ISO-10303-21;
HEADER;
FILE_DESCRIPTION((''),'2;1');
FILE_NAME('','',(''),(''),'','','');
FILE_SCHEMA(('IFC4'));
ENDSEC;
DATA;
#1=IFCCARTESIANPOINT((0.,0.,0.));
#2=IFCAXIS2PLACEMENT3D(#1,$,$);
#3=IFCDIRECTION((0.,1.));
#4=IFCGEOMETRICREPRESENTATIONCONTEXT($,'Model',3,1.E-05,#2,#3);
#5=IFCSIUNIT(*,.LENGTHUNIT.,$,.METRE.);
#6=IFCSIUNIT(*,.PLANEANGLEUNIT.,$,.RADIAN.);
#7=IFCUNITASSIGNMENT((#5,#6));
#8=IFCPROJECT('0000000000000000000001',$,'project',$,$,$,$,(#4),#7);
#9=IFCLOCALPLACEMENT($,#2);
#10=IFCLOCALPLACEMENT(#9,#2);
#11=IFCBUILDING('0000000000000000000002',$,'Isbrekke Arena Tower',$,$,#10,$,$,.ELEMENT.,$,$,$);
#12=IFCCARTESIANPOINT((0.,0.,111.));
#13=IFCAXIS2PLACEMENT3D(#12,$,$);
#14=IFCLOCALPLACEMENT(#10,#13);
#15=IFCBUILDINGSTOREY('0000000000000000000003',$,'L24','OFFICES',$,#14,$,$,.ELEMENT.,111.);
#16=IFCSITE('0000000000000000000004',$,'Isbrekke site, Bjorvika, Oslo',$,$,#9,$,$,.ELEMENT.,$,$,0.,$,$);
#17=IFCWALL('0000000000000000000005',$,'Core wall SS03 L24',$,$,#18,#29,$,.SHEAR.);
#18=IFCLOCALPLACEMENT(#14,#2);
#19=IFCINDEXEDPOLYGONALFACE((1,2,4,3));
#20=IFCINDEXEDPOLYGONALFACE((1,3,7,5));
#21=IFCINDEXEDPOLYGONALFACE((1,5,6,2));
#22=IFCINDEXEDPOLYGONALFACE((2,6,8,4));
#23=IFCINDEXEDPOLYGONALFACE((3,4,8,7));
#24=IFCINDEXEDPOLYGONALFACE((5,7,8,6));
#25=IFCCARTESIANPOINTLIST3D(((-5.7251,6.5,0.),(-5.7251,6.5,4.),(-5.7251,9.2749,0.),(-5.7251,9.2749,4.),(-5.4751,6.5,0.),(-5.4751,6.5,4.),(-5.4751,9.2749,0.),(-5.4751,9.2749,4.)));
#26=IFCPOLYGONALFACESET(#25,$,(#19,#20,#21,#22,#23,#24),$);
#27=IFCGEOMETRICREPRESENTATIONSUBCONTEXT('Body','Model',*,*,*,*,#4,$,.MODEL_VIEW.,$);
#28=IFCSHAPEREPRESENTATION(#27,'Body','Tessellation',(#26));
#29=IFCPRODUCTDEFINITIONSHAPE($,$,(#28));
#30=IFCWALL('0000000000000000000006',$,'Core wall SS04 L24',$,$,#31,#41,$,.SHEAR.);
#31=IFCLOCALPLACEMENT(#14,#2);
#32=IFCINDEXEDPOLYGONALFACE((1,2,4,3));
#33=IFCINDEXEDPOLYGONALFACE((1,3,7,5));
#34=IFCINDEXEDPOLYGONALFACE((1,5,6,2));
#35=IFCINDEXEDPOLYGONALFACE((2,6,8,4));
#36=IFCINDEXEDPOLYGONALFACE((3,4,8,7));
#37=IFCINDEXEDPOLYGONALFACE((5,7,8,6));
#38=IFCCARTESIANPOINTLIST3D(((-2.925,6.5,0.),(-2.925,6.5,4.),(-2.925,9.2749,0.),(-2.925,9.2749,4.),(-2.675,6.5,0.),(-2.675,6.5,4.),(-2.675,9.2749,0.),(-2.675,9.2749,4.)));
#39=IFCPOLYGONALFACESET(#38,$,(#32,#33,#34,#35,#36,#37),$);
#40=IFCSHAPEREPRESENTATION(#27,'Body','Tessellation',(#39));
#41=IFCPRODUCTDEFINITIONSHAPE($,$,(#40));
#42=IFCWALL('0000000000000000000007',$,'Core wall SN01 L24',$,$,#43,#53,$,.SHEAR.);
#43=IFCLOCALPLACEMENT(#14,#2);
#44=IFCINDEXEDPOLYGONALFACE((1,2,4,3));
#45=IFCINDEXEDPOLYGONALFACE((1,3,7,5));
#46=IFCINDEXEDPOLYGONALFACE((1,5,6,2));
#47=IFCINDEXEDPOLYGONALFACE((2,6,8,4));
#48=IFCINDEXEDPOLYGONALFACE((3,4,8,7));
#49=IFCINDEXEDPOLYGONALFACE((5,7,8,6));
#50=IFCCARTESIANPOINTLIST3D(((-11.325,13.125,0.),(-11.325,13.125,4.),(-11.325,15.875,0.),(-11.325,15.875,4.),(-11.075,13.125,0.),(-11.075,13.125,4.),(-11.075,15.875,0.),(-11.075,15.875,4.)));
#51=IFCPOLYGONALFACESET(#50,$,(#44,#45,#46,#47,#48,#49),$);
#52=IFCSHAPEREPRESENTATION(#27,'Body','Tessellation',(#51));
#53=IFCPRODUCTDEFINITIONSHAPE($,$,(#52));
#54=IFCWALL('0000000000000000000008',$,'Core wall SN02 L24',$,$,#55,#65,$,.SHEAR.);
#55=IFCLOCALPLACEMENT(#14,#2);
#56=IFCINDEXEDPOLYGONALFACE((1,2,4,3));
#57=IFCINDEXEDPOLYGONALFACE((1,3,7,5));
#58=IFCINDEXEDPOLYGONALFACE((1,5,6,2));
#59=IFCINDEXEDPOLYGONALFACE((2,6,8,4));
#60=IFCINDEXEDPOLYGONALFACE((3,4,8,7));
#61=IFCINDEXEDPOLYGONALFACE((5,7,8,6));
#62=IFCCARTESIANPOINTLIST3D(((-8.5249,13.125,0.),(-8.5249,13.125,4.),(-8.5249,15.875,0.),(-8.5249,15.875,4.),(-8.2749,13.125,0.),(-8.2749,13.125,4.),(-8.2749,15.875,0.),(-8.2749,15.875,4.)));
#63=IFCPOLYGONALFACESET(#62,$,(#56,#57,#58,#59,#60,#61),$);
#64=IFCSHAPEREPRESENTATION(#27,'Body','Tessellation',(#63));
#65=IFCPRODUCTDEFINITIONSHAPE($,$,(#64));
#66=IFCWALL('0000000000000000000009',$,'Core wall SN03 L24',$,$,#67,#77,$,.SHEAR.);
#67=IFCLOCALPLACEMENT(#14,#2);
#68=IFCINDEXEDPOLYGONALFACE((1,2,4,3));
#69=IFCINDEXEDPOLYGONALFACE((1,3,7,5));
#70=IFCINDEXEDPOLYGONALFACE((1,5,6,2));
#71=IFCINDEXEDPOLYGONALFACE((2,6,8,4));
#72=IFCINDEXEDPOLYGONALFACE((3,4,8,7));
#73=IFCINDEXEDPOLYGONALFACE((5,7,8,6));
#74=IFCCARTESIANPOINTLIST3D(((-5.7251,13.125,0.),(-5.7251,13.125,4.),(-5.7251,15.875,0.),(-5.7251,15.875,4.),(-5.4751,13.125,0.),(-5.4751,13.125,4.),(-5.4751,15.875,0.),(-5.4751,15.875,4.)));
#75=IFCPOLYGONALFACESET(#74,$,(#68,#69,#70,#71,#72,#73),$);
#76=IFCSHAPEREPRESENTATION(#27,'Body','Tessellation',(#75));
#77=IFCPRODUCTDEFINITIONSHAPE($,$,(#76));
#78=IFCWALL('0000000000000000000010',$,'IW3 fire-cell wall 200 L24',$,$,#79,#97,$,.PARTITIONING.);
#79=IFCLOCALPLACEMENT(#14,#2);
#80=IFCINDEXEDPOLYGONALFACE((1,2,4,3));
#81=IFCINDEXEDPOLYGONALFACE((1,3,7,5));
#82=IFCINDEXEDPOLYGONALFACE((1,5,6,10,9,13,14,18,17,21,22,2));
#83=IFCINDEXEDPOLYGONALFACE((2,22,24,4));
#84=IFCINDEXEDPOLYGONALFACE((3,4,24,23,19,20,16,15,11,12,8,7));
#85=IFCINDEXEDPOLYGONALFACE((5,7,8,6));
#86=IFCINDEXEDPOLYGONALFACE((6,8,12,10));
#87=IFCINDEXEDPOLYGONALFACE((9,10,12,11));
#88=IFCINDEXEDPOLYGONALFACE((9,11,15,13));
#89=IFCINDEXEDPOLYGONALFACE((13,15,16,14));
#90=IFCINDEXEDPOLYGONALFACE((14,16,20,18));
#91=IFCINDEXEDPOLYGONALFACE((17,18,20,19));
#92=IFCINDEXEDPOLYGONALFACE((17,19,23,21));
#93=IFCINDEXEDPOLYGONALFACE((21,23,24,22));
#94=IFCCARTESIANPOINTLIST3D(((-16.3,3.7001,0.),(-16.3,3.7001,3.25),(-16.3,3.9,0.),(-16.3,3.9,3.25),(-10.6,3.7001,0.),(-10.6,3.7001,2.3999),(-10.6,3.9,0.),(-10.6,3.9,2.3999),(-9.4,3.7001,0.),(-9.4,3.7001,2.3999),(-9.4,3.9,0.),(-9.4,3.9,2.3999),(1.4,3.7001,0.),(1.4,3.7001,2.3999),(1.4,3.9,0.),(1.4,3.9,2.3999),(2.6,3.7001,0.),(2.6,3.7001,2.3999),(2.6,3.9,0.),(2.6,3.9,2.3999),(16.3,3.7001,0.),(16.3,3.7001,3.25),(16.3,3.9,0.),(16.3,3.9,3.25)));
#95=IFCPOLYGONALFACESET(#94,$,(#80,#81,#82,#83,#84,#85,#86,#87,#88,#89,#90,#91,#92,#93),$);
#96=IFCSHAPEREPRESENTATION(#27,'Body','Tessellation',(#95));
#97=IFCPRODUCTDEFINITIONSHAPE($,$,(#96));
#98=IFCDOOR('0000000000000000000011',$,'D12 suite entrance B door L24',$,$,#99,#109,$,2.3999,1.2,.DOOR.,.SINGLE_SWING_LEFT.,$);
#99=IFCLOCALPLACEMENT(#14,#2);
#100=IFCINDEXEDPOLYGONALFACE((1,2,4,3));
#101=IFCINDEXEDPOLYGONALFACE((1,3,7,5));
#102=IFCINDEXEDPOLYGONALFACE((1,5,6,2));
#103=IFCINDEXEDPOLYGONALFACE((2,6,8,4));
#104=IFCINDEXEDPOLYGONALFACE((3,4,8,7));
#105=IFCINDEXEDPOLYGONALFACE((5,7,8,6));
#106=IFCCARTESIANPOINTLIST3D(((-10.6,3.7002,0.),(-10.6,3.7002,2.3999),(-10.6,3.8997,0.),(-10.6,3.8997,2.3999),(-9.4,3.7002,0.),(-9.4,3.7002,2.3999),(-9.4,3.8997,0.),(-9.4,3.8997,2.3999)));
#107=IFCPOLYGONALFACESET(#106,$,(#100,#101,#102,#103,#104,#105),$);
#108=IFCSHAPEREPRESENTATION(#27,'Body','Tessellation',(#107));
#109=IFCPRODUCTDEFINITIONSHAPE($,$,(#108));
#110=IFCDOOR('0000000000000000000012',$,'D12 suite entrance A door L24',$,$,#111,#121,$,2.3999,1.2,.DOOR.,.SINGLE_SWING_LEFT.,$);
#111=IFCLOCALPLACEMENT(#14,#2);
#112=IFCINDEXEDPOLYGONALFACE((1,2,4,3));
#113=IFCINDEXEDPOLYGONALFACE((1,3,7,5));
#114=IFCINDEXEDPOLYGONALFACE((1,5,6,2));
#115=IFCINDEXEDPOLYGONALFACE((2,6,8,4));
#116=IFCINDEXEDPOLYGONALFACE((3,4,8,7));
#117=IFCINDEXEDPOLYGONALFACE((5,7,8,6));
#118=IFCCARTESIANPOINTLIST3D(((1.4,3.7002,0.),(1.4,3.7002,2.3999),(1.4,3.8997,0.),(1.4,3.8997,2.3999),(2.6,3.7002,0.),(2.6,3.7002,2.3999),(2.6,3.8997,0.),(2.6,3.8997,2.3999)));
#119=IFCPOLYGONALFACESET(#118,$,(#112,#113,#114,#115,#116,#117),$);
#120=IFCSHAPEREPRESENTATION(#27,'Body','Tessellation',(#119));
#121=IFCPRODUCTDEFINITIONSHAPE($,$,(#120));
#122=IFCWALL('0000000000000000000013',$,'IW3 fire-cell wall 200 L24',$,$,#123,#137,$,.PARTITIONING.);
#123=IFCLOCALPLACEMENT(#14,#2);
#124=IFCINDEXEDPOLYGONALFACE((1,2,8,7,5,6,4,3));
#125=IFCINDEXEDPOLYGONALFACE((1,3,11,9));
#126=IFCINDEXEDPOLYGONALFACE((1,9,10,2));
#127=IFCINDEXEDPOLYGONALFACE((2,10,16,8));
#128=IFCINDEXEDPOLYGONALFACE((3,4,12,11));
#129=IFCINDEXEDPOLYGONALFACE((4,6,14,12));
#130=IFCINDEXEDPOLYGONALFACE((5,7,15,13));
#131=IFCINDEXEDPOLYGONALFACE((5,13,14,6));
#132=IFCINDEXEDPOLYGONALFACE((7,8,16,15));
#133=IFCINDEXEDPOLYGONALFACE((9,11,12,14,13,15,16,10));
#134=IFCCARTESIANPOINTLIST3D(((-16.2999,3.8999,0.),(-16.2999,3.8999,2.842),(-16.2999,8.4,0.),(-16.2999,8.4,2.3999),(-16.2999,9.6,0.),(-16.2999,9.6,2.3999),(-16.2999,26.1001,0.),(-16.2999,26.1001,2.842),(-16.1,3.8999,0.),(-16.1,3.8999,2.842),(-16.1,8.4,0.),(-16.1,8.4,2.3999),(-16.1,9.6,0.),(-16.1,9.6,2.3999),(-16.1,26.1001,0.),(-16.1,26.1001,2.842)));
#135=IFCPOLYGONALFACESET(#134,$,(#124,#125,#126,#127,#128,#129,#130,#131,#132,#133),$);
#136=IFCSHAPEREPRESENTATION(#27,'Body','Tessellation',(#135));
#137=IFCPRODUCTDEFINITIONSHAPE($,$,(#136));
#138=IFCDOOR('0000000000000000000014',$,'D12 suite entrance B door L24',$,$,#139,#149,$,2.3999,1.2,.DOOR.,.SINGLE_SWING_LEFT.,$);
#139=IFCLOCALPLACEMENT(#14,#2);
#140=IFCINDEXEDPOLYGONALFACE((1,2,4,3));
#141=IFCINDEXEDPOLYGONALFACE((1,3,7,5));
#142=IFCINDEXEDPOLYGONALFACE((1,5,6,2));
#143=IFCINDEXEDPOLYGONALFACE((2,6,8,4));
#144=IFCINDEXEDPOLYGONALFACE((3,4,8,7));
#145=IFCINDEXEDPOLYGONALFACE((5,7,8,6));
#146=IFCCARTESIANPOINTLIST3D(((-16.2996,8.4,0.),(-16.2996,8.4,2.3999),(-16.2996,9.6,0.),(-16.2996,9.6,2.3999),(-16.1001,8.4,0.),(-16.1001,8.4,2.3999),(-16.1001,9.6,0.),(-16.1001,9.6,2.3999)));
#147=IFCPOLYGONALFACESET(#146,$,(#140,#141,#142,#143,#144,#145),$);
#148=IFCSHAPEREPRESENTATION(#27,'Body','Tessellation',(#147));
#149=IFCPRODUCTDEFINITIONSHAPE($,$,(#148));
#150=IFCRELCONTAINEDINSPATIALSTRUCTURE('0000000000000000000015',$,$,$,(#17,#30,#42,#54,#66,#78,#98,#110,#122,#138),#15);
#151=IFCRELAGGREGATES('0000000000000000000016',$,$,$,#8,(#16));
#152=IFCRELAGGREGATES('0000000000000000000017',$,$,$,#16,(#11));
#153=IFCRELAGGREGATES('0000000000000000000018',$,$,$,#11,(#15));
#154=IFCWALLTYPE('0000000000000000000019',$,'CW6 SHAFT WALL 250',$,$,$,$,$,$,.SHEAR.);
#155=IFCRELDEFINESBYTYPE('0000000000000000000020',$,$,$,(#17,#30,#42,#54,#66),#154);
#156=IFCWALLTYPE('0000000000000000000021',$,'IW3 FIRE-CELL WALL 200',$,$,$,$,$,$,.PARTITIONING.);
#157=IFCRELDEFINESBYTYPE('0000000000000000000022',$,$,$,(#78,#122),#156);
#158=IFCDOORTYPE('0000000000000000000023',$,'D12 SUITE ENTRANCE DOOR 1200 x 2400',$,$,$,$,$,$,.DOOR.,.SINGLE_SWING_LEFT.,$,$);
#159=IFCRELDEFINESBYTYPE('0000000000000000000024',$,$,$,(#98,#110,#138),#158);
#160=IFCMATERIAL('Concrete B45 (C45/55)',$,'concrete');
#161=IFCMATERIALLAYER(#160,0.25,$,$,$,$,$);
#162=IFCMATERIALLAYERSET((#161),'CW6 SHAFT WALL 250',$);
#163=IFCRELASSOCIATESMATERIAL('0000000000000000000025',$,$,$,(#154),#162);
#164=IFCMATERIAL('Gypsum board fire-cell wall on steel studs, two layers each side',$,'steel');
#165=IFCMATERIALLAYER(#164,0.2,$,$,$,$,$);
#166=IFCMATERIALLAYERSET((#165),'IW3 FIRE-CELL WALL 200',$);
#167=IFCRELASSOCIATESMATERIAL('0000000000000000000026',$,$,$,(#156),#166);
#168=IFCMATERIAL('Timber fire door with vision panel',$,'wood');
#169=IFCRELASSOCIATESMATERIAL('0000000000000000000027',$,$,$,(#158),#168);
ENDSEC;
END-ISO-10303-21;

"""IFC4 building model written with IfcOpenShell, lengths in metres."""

from ifc_helpers import new_model, si_unit, direction, frame, frame_2d, origin, place, context, subcontext, project, spatial, rectangle, extrude, material, layer, layer_set, type_object, element, fill, save


model = new_model("IFC4")

# Units and contexts
model_context = context("Model", 3, precision=1e-05, world=origin(), true_north=direction((0.0, 1.0)))
body_context = subcontext(model_context, "Body", "Model", "MODEL_VIEW")
ifc_project = project(units=[si_unit("LENGTHUNIT", "METRE"), si_unit("PLANEANGLEUNIT", "RADIAN")], contexts=[model_context])

# Site, building, storey
site_placement = place(None, origin())
site = spatial("IfcSite", under=ifc_project, at=site_placement, Name="Isbrekke site, Bjorvika, Oslo", CompositionType="ELEMENT", RefElevation=0.0)
building_placement = place(site_placement, origin())
building = spatial("IfcBuilding", under=site, at=building_placement, Name="Isbrekke Arena Tower", CompositionType="ELEMENT")
storey_placement = place(building_placement, frame((0.0, 0.0, 111.0)))
storey = spatial("IfcBuildingStorey", under=building, at=storey_placement, Name="L24", Description="OFFICES", CompositionType="ELEMENT", Elevation=111.0)

# Shared definitions
ifc_material_1 = material(Name="Concrete B45 (C45/55)", Category="concrete")
ifc_layer_1 = layer(ifc_material_1, 0.25)
ifc_layer_set_1 = layer_set([ifc_layer_1], Name="CW6 SHAFT WALL 250")
wall_type_1 = type_object("IfcWallType", Name="CW6 SHAFT WALL 250", PredefinedType="SHEAR", material=ifc_layer_set_1)

# Walls
for number, where, z_axis, x_axis, name in (
    (1, (-5.6001, 6.5, 0.0), (0.0, 0.0, 1.0), (0.0, 1.0, 0.0), "Core wall SS03 L24"),
    (2, (-2.8, 6.5, 0.0), (0.0, 0.0, 1.0), (0.0, 1.0, 0.0), "Core wall SS04 L24"),
):
    element("IfcWall", number, at=place(storey_placement, frame(where, z_axis=z_axis, x_axis=x_axis)), inside=storey, type_object=wall_type_1, Name=name, PredefinedType="SHEAR", context=body_context, shape_type="SweptSolid", body=[
        extrude(rectangle(XDim=2.7749, YDim=0.25, at=frame_2d((1.3875, 0.0))), origin(), (0.0, 0.0, 1.0), 4.0),
    ])
for number, where, z_axis, x_axis, name in (
    (3, (-11.2, 13.125, 0.0), (0.0, 0.0, 1.0), (0.0, 1.0, 0.0), "Core wall SN01 L24"),
    (4, (-8.3999, 13.125, 0.0), (0.0, 0.0, 1.0), (0.0, 1.0, 0.0), "Core wall SN02 L24"),
    (5, (-5.6001, 13.125, 0.0), (0.0, 0.0, 1.0), (0.0, 1.0, 0.0), "Core wall SN03 L24"),
):
    element("IfcWall", number, at=place(storey_placement, frame(where, z_axis=z_axis, x_axis=x_axis)), inside=storey, type_object=wall_type_1, Name=name, PredefinedType="SHEAR", context=body_context, shape_type="SweptSolid", body=[
        extrude(rectangle(XDim=2.75, YDim=0.25, at=frame_2d((1.375, 0.0))), origin(), (0.0, 0.0, 1.0), 4.0),
    ])

# Wall, openings, doors
ifc_material_2 = material(Name="Gypsum board fire-cell wall on steel studs, two layers each side", Category="steel")
ifc_layer_2 = layer(ifc_material_2, 0.2)
ifc_layer_set_2 = layer_set([ifc_layer_2], Name="IW3 FIRE-CELL WALL 200")
wall_type_2 = type_object("IfcWallType", Name="IW3 FIRE-CELL WALL 200", PredefinedType="PARTITIONING", material=ifc_layer_set_2)
wall_1_placement = place(storey_placement, frame((-16.3, 3.8, 0.0), z_axis=(0.0, 0.0, 1.0), x_axis=(1.0, 0.0, 0.0)))
wall_1 = element("IfcWall", 6, at=wall_1_placement, inside=storey, type_object=wall_type_2, Name="IW3 fire-cell wall 200 L24", PredefinedType="PARTITIONING", context=body_context, shape_type="SweptSolid", body=[
    extrude(rectangle(XDim=32.6001, YDim=0.2, at=frame_2d((16.3, 0.0))), origin(), (0.0, 0.0, 1.0), 3.25),
])
opening_1_placement = place(wall_1_placement, frame((5.7, 0.0, 0.0)))
opening_1 = element("IfcOpeningElement", 7, at=opening_1_placement, cuts=wall_1, PredefinedType="OPENING", context=body_context, shape_type="SweptSolid", body=[
    extrude(rectangle(XDim=1.2, YDim=2.3999, at=frame_2d((0.6001, 1.2))), frame((0.0, 0.1147, 0.0), z_axis=(0.0, -1.0, 0.0), x_axis=(1.0, 0.0, 0.0)), (0.0, 0.0, 1.0), 0.2297),
])
opening_2_placement = place(wall_1_placement, frame((17.7, 0.0, 0.0)))
opening_2 = element("IfcOpeningElement", 8, at=opening_2_placement, cuts=wall_1, PredefinedType="OPENING", context=body_context, shape_type="SweptSolid", body=[
    extrude(rectangle(XDim=1.2, YDim=2.3999, at=frame_2d((0.6001, 1.2))), frame((0.0, 0.1147, 0.0), z_axis=(0.0, -1.0, 0.0), x_axis=(1.0, 0.0, 0.0)), (0.0, 0.0, 1.0), 0.2297),
])
ifc_material_3 = material(Name="Timber fire door with vision panel", Category="wood")
door_type_1 = type_object("IfcDoorType", Name="D12 SUITE ENTRANCE DOOR 1200 x 2400", OperationType="SINGLE_SWING_LEFT", PredefinedType="DOOR", material=ifc_material_3)
door_1_placement = place(opening_1_placement, origin())
door_1 = element("IfcDoor", 9, at=door_1_placement, inside=storey, type_object=door_type_1, Name="D12 suite entrance B door L24", OperationType="SINGLE_SWING_LEFT", OverallHeight=2.3999, OverallWidth=1.2, PredefinedType="DOOR", context=body_context, shape_type="SweptSolid", body=[
    extrude(rectangle(XDim=1.2, YDim=2.3999, at=frame_2d((0.6001, 1.2))), frame((0.0, 0.0996, 0.0), z_axis=(0.0, -1.0, 0.0), x_axis=(1.0, 0.0, 0.0)), (0.0, 0.0, 1.0), 0.1995),
])
fill(opening_1, door_1)
door_2_placement = place(opening_2_placement, origin())
door_2 = element("IfcDoor", 10, at=door_2_placement, inside=storey, type_object=door_type_1, Name="D12 suite entrance A door L24", OperationType="SINGLE_SWING_LEFT", OverallHeight=2.3999, OverallWidth=1.2, PredefinedType="DOOR", context=body_context, shape_type="SweptSolid", body=[
    extrude(rectangle(XDim=1.2, YDim=2.3999, at=frame_2d((0.6001, 1.2))), frame((0.0, 0.0996, 0.0), z_axis=(0.0, -1.0, 0.0), x_axis=(1.0, 0.0, 0.0)), (0.0, 0.0, 1.0), 0.1995),
])
fill(opening_2, door_2)

# Wall, opening, door
wall_2_placement = place(storey_placement, frame((-16.2, 3.8999, 0.0), z_axis=(0.0, 0.0, 1.0), x_axis=(0.0, 1.0, 0.0)))
wall_2 = element("IfcWall", 11, at=wall_2_placement, inside=storey, type_object=wall_type_2, Name="IW3 fire-cell wall 200 L24", PredefinedType="PARTITIONING", context=body_context, shape_type="SweptSolid", body=[
    extrude(rectangle(XDim=22.2002, YDim=0.2, at=frame_2d((11.1001, 0.0))), origin(), (0.0, 0.0, 1.0), 2.842),
])
opening_3_placement = place(wall_2_placement, frame((4.5, 0.0, 0.0)))
opening_3 = element("IfcOpeningElement", 12, at=opening_3_placement, cuts=wall_2, PredefinedType="OPENING", context=body_context, shape_type="SweptSolid", body=[
    extrude(rectangle(XDim=1.2, YDim=2.3999, at=frame_2d((0.6001, 1.2))), frame((0.0, 0.1147, 0.0), z_axis=(0.0, -1.0, 0.0), x_axis=(1.0, 0.0, 0.0)), (0.0, 0.0, 1.0), 0.2297),
])
door_3_placement = place(opening_3_placement, origin())
door_3 = element("IfcDoor", 13, at=door_3_placement, inside=storey, type_object=door_type_1, Name="D12 suite entrance B door L24", OperationType="SINGLE_SWING_LEFT", OverallHeight=2.3999, OverallWidth=1.2, PredefinedType="DOOR", context=body_context, shape_type="SweptSolid", body=[
    extrude(rectangle(XDim=1.2, YDim=2.3999, at=frame_2d((0.6001, 1.2))), frame((0.0, 0.0996, 0.0), z_axis=(0.0, -1.0, 0.0), x_axis=(1.0, 0.0, 0.0)), (0.0, 0.0, 1.0), 0.1995),
])
fill(opening_3, door_3)

save(model, "model.ifc")
